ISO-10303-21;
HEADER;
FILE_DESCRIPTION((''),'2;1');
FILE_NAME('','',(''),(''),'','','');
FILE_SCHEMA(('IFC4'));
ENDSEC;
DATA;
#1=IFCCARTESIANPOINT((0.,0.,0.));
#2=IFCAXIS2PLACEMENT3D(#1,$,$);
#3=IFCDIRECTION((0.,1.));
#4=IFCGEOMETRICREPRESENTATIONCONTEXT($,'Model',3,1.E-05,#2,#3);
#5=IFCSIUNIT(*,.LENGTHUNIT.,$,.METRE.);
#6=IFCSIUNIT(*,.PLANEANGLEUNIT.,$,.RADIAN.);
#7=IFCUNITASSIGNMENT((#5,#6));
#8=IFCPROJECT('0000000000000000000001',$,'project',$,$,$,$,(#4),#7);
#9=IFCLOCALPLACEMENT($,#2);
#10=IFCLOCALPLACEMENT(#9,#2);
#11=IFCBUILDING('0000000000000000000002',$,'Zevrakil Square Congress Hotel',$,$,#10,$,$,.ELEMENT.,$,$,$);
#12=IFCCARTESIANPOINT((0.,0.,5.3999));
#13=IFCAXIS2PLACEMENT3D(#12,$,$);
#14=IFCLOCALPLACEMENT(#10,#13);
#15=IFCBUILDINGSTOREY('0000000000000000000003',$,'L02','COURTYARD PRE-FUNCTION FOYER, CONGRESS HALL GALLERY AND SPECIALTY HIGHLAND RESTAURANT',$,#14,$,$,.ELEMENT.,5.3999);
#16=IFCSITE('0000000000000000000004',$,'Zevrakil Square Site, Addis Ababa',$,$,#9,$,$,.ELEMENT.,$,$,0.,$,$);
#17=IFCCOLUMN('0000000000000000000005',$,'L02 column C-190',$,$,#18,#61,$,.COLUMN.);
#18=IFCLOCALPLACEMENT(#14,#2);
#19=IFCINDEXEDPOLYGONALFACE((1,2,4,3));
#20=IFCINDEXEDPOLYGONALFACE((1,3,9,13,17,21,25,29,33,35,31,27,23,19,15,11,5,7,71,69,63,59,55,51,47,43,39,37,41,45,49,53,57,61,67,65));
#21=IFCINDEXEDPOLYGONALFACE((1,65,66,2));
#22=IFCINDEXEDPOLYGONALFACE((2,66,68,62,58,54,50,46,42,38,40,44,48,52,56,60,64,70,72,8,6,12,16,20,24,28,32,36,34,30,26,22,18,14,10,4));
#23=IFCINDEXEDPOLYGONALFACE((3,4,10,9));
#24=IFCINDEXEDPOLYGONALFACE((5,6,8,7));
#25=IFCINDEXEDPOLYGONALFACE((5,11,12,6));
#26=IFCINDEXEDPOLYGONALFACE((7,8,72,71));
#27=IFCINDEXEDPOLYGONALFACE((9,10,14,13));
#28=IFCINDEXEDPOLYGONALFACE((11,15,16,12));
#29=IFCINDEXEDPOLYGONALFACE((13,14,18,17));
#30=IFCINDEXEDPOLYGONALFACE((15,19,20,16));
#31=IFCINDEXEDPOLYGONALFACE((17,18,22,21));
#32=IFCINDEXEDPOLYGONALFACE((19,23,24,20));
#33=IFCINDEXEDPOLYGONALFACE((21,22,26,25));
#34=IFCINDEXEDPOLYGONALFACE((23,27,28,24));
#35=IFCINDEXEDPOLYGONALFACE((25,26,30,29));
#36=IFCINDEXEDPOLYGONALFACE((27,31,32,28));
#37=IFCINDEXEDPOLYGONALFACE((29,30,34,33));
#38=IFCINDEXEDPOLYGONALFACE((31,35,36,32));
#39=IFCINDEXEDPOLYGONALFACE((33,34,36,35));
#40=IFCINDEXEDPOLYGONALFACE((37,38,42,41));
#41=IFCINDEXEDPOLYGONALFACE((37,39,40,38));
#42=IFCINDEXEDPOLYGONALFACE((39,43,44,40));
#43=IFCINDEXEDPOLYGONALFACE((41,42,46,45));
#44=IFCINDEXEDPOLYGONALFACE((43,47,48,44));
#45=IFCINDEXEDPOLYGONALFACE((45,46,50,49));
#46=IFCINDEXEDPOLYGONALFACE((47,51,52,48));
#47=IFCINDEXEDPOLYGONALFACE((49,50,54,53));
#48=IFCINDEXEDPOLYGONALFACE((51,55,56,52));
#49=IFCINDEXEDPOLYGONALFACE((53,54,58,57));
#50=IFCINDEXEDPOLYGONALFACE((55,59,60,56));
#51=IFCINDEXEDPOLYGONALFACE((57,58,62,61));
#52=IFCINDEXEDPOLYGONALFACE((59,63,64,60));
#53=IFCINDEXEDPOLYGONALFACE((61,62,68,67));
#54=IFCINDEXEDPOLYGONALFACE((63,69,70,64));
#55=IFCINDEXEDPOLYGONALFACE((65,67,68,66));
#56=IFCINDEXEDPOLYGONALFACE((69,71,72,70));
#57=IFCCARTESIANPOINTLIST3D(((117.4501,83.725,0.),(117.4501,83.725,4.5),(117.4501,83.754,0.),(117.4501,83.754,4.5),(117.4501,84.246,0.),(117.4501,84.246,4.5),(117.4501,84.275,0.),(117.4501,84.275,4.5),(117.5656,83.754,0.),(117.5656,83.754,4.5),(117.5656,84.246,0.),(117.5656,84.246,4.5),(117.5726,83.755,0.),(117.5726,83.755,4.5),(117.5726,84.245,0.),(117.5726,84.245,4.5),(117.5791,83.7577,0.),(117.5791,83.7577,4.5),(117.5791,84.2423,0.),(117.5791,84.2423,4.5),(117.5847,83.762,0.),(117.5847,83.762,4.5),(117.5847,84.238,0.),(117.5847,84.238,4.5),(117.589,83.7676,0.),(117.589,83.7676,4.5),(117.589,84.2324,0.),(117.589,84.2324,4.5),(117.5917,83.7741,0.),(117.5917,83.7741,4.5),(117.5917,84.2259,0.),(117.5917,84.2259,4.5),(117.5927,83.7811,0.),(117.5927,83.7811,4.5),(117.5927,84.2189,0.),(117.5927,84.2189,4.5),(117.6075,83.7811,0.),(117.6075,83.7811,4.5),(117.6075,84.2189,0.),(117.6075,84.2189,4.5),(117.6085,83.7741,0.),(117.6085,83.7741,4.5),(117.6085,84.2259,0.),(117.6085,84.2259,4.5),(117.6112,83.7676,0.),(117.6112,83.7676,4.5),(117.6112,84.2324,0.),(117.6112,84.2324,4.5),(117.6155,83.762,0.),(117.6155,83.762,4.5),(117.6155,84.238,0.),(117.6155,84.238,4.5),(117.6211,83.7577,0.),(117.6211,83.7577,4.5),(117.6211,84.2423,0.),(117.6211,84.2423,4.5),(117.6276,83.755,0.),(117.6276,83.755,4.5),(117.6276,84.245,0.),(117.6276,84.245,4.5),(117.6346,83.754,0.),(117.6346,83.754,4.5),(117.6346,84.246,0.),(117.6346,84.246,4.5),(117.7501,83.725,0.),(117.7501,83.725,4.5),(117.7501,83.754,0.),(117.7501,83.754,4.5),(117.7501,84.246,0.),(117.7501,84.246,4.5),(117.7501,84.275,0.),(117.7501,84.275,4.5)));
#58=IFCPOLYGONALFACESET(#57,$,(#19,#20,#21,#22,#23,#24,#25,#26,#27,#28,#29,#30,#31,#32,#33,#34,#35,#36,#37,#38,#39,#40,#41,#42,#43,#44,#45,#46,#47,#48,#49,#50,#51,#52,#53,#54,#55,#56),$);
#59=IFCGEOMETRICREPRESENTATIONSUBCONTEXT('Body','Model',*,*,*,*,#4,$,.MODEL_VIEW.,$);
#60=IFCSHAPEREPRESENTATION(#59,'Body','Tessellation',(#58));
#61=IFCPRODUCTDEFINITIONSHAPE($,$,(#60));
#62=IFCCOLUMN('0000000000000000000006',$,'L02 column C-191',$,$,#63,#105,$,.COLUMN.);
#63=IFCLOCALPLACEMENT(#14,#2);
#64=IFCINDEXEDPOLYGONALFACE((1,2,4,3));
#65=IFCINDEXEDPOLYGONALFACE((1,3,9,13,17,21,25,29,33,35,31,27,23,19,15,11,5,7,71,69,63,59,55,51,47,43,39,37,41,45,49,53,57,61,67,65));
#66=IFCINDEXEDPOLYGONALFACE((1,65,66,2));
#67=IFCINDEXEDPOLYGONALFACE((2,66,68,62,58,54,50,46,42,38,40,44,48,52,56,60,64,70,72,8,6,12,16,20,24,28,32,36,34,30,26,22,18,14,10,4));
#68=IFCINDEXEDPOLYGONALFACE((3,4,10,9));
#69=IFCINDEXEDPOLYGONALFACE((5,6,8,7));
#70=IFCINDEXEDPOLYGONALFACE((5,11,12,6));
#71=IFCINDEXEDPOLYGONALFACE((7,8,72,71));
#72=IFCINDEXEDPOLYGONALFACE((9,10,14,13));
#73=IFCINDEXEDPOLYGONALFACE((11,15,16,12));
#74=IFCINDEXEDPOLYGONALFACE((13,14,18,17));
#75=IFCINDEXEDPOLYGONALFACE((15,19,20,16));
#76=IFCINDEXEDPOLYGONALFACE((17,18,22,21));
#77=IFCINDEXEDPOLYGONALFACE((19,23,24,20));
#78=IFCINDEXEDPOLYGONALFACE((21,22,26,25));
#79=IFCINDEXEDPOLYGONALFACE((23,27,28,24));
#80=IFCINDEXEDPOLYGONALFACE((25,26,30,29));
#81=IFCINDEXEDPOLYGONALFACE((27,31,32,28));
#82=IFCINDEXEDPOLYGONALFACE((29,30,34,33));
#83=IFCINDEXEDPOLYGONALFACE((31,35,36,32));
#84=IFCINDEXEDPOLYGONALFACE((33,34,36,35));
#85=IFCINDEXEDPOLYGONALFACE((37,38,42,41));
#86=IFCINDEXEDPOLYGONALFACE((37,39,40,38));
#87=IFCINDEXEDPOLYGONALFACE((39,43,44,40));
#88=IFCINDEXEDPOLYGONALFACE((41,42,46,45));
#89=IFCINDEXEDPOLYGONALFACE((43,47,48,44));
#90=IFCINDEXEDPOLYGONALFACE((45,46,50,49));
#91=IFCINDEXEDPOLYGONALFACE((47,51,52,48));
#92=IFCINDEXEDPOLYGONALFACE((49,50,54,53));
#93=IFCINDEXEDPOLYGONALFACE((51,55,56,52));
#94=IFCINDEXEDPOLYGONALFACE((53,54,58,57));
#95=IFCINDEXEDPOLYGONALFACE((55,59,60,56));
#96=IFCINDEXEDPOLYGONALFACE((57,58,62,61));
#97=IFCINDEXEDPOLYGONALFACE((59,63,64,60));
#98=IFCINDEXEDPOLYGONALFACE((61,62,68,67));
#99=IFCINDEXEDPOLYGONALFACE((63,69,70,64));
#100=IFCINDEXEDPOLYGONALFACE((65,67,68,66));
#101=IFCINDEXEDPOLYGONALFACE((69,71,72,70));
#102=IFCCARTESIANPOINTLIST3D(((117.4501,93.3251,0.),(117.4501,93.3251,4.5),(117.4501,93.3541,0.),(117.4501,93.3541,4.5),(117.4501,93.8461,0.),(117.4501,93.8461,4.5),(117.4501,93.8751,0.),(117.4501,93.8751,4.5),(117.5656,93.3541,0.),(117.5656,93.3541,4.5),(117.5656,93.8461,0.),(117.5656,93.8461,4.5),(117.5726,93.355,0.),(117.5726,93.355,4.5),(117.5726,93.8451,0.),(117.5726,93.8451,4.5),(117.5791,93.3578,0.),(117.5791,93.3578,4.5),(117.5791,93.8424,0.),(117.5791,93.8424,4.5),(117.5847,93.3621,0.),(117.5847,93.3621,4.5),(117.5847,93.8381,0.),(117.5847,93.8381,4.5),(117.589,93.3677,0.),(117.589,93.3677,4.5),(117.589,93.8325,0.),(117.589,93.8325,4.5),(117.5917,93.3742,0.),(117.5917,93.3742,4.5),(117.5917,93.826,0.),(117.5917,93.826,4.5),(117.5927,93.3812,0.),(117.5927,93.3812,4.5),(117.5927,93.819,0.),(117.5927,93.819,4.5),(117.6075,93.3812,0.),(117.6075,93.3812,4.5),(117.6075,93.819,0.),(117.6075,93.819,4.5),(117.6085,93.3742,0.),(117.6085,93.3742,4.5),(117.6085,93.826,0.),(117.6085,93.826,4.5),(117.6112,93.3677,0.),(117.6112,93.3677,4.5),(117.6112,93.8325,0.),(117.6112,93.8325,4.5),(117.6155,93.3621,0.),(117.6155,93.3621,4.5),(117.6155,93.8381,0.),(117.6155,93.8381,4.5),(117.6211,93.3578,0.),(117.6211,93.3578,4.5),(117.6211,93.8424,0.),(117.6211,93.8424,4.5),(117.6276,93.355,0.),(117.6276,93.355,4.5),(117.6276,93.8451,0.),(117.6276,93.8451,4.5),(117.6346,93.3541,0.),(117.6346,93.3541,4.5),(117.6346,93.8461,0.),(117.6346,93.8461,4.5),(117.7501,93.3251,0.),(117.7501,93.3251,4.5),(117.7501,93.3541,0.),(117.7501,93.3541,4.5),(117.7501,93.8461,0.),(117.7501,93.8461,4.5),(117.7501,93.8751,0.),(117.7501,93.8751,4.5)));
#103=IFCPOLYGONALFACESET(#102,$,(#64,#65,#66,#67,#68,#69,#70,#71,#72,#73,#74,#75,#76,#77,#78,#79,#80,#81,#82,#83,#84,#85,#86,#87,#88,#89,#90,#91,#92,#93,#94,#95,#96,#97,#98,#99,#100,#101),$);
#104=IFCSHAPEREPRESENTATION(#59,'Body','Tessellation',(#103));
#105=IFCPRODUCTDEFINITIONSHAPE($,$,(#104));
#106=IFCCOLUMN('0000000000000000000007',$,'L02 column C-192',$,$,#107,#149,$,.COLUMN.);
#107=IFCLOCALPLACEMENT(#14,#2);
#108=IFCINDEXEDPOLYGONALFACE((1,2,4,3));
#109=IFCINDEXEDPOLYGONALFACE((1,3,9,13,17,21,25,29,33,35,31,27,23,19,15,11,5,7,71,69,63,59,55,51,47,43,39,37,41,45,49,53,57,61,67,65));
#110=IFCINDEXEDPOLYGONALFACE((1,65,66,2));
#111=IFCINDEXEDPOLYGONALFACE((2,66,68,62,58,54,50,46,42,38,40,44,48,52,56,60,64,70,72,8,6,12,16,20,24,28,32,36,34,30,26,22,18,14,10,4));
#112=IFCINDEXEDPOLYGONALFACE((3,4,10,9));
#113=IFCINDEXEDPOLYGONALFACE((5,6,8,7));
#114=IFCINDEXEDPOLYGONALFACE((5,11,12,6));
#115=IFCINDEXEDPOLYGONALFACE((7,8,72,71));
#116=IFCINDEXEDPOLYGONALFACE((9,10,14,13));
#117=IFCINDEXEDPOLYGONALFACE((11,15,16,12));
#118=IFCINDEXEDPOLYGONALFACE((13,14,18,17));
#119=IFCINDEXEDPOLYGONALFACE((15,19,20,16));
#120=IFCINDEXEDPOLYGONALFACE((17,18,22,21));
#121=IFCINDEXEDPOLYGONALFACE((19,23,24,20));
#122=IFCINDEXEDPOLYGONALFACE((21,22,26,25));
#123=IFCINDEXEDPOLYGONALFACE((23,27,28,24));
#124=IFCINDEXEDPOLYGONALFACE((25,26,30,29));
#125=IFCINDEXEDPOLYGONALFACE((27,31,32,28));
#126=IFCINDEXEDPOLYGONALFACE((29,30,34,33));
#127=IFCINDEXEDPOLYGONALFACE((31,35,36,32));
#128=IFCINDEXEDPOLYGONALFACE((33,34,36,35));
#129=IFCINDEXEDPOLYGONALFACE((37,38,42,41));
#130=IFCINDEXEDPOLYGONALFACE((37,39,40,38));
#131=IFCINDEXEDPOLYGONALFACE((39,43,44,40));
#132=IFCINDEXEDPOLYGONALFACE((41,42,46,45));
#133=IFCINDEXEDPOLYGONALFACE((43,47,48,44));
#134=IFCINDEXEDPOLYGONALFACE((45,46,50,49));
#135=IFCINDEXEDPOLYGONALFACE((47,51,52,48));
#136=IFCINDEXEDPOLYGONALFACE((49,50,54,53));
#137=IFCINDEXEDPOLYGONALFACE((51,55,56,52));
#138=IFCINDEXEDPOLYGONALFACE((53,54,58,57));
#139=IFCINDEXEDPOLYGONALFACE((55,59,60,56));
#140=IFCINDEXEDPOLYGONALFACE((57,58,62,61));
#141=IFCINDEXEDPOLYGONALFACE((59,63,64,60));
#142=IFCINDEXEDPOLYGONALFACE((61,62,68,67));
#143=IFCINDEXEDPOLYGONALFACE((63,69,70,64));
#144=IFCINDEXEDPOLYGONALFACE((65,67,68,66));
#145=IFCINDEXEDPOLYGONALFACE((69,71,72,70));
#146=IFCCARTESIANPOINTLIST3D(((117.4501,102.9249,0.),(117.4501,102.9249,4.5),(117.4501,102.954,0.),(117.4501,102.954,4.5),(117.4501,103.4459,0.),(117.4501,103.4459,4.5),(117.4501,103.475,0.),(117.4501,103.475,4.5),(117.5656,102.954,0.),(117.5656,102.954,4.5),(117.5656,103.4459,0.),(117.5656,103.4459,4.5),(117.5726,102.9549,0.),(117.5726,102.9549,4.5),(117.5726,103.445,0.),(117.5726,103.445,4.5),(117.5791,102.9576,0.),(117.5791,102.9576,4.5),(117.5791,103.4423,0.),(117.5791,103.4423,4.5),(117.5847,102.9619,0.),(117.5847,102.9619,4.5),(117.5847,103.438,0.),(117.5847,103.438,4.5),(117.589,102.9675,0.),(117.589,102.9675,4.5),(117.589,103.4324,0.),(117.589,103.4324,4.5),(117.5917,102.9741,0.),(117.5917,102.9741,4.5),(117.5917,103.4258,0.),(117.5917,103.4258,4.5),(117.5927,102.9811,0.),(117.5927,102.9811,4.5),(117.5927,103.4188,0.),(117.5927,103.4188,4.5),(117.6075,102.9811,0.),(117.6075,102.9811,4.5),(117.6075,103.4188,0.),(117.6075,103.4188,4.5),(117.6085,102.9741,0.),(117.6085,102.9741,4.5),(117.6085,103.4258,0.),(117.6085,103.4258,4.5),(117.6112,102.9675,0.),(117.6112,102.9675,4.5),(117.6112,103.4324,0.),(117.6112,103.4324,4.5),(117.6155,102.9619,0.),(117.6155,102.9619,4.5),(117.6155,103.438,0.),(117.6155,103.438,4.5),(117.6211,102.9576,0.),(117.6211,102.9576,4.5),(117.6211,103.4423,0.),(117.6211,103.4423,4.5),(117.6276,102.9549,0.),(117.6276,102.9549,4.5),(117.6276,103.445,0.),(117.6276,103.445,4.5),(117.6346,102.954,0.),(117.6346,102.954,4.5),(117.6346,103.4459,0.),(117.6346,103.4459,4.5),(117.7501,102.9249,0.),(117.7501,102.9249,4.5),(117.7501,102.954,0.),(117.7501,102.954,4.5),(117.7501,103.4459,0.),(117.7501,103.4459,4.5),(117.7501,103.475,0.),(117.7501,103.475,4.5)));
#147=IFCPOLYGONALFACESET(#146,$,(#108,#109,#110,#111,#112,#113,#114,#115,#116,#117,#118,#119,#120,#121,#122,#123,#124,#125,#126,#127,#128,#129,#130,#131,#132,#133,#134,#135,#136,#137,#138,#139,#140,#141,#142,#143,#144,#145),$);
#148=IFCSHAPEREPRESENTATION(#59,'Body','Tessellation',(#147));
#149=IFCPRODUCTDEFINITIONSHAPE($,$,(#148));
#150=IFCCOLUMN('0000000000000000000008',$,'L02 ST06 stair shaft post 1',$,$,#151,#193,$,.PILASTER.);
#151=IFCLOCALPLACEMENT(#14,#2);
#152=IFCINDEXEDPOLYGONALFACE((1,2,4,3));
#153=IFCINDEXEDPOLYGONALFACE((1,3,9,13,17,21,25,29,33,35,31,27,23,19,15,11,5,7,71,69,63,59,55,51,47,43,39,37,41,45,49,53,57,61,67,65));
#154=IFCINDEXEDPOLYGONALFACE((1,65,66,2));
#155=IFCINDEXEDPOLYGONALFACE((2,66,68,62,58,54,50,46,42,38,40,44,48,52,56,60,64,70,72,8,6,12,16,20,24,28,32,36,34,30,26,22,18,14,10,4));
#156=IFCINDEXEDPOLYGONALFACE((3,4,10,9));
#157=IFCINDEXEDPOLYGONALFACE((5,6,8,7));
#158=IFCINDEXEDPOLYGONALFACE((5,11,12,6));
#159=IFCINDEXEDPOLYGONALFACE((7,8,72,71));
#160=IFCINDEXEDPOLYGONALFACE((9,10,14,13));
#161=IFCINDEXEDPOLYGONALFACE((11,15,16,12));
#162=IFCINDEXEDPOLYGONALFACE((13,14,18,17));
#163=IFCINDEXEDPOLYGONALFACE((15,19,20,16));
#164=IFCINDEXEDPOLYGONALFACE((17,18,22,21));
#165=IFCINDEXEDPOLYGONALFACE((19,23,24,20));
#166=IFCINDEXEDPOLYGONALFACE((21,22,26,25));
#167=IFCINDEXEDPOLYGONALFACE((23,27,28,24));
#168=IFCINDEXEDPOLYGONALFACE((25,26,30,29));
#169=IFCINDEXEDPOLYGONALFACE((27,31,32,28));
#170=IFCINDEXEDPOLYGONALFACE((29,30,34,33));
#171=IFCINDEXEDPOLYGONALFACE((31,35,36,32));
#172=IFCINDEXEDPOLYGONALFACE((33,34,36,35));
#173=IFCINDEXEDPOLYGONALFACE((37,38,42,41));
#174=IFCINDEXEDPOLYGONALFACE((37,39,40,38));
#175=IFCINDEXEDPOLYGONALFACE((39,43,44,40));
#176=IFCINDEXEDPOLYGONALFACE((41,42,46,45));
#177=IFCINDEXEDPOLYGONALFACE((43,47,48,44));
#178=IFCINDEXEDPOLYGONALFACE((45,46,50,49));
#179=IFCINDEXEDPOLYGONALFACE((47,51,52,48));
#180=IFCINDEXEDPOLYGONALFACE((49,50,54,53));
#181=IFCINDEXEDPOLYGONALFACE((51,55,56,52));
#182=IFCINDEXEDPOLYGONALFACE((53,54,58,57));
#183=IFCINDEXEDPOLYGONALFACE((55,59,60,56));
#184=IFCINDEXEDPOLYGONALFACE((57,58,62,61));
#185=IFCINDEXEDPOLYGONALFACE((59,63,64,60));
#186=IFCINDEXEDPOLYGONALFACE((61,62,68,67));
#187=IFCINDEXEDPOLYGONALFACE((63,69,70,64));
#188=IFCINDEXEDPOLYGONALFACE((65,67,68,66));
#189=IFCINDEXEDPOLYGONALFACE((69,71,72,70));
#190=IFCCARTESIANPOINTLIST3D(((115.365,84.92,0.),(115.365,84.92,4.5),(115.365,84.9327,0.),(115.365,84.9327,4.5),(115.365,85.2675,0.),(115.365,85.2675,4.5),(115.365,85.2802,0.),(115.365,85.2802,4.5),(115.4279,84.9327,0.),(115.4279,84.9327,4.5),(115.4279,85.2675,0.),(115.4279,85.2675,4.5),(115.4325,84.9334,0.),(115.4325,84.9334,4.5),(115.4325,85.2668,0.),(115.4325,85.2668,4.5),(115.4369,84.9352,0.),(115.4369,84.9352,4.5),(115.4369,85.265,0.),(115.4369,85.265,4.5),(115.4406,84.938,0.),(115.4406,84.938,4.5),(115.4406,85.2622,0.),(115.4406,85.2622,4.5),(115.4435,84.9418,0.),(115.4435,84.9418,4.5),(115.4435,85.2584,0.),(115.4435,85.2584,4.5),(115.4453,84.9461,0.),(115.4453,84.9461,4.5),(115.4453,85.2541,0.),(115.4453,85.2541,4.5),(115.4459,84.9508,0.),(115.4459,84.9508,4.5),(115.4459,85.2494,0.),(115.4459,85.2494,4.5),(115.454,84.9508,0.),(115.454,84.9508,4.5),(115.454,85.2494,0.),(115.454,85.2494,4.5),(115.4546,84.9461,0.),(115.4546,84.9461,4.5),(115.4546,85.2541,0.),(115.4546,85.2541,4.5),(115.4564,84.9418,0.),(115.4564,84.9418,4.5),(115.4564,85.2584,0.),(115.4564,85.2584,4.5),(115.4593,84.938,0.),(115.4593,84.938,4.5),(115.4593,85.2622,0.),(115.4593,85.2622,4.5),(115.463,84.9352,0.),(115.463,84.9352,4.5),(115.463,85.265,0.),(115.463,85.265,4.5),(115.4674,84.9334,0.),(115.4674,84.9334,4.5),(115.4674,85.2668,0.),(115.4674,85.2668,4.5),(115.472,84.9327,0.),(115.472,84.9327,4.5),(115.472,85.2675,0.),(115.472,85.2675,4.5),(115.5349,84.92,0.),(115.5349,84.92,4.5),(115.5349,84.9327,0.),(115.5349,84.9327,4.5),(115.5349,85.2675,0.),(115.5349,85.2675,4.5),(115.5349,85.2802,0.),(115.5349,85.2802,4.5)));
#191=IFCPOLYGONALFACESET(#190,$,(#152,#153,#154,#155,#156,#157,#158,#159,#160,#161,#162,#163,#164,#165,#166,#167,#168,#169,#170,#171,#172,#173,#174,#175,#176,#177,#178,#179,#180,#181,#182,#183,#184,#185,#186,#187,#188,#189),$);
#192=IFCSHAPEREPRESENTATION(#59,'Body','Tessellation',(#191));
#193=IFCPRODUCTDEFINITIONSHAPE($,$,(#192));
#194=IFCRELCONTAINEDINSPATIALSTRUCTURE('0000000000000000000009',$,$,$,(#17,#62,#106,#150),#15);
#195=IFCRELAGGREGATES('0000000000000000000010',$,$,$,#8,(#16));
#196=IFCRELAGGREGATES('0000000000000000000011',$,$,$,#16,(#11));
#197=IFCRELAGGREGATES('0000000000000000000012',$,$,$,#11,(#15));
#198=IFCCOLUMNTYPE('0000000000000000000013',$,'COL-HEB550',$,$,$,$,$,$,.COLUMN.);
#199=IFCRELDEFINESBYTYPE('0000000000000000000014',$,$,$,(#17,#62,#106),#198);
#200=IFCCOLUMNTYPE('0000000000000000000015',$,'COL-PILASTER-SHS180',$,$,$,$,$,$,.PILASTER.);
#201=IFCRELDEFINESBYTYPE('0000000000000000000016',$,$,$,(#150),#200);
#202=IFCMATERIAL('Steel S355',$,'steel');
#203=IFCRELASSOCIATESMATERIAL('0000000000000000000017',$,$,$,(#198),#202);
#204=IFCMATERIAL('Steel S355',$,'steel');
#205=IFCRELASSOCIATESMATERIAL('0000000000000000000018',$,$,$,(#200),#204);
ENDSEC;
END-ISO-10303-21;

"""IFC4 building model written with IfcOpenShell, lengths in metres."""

from ifc_helpers import new_model, si_unit, direction, frame, origin, origin_2d, place, context, subcontext, project, spatial, i_section, extrude, material, material_profile, profile_set, type_object, element, save


model = new_model("IFC4")

# Units and contexts
model_context = context("Model", 3, precision=1e-05, world=origin(), true_north=direction((0.0, 1.0)))
body_context = subcontext(model_context, "Body", "Model", "MODEL_VIEW")
ifc_project = project(units=[si_unit("LENGTHUNIT", "METRE"), si_unit("PLANEANGLEUNIT", "RADIAN")], contexts=[model_context])

# Site, building, storey
site_placement = place(None, origin())
site = spatial("IfcSite", under=ifc_project, at=site_placement, Name="Zevrakil Square Site, Addis Ababa", CompositionType="ELEMENT", RefElevation=0.0)
building_placement = place(site_placement, origin())
building = spatial("IfcBuilding", under=site, at=building_placement, Name="Zevrakil Square Congress Hotel", CompositionType="ELEMENT")
storey_placement = place(building_placement, frame((0.0, 0.0, 5.3999)))
storey = spatial("IfcBuildingStorey", under=building, at=storey_placement, Name="L02", Description="COURTYARD PRE-FUNCTION FOYER, CONGRESS HALL GALLERY AND SPECIALTY HIGHLAND RESTAURANT", CompositionType="ELEMENT", Elevation=5.3999)

# Columns
ifc_material_1 = material(Name="Steel S355", Category="steel")
ifc_material_profile_1 = material_profile(ifc_material_1, i_section(OverallWidth=0.3, OverallDepth=0.55, WebThickness=0.0149, FlangeThickness=0.0291, FilletRadius=0.0271, at=origin_2d()), Name="HEB 550")
ifc_profile_set_1 = profile_set([ifc_material_profile_1], Name="Steel S355")
column_type_1 = type_object("IfcColumnType", Name="COL-HEB550", PredefinedType="COLUMN", material=ifc_profile_set_1)
for number, where, z_axis, x_axis, name in (
    (1, (117.6001, 84.0, 0.0), (0.0, 0.0, 1.0), (1.0, 0.0, 0.0), "L02 column C-190"),
    (2, (117.6001, 93.6001, 0.0), (0.0, 0.0, 1.0), (1.0, 0.0, 0.0), "L02 column C-191"),
    (3, (117.6001, 103.2, 0.0), (0.0, 0.0, 1.0), (1.0, 0.0, 0.0), "L02 column C-192"),
):
    element("IfcColumn", number, at=place(storey_placement, frame(where, z_axis=z_axis, x_axis=x_axis)), inside=storey, type_object=column_type_1, Name=name, PredefinedType="COLUMN", context=body_context, shape_type="SweptSolid", body=[
        extrude(i_section(OverallWidth=0.3, OverallDepth=0.55, WebThickness=0.0149, FlangeThickness=0.0291, FilletRadius=0.0271, at=origin_2d()), origin(), (0.0, 0.0, 1.0), 4.5),
    ])
ifc_material_2 = material(Name="Steel S355", Category="steel")
ifc_material_profile_2 = material_profile(ifc_material_2, i_section(OverallWidth=0.1699, OverallDepth=0.3601, WebThickness=0.0081, FlangeThickness=0.0127, FilletRadius=0.0181, at=origin_2d()), Name="IPE 360")
ifc_profile_set_2 = profile_set([ifc_material_profile_2], Name="Steel S355")
column_type_2 = type_object("IfcColumnType", Name="COL-PILASTER-SHS180", PredefinedType="PILASTER", material=ifc_profile_set_2)
for number, where, z_axis, x_axis, name in (
    (4, (115.45, 85.1001, 0.0), (0.0, 0.0, 1.0), (1.0, 0.0, 0.0), "L02 ST06 stair shaft post 1"),
):
    element("IfcColumn", number, at=place(storey_placement, frame(where, z_axis=z_axis, x_axis=x_axis)), inside=storey, type_object=column_type_2, Name=name, PredefinedType="PILASTER", context=body_context, shape_type="SweptSolid", body=[
        extrude(i_section(OverallWidth=0.1699, OverallDepth=0.3601, WebThickness=0.0081, FlangeThickness=0.0127, FilletRadius=0.0181, at=origin_2d()), origin(), (0.0, 0.0, 1.0), 4.5),
    ])

save(model, "model.ifc")
